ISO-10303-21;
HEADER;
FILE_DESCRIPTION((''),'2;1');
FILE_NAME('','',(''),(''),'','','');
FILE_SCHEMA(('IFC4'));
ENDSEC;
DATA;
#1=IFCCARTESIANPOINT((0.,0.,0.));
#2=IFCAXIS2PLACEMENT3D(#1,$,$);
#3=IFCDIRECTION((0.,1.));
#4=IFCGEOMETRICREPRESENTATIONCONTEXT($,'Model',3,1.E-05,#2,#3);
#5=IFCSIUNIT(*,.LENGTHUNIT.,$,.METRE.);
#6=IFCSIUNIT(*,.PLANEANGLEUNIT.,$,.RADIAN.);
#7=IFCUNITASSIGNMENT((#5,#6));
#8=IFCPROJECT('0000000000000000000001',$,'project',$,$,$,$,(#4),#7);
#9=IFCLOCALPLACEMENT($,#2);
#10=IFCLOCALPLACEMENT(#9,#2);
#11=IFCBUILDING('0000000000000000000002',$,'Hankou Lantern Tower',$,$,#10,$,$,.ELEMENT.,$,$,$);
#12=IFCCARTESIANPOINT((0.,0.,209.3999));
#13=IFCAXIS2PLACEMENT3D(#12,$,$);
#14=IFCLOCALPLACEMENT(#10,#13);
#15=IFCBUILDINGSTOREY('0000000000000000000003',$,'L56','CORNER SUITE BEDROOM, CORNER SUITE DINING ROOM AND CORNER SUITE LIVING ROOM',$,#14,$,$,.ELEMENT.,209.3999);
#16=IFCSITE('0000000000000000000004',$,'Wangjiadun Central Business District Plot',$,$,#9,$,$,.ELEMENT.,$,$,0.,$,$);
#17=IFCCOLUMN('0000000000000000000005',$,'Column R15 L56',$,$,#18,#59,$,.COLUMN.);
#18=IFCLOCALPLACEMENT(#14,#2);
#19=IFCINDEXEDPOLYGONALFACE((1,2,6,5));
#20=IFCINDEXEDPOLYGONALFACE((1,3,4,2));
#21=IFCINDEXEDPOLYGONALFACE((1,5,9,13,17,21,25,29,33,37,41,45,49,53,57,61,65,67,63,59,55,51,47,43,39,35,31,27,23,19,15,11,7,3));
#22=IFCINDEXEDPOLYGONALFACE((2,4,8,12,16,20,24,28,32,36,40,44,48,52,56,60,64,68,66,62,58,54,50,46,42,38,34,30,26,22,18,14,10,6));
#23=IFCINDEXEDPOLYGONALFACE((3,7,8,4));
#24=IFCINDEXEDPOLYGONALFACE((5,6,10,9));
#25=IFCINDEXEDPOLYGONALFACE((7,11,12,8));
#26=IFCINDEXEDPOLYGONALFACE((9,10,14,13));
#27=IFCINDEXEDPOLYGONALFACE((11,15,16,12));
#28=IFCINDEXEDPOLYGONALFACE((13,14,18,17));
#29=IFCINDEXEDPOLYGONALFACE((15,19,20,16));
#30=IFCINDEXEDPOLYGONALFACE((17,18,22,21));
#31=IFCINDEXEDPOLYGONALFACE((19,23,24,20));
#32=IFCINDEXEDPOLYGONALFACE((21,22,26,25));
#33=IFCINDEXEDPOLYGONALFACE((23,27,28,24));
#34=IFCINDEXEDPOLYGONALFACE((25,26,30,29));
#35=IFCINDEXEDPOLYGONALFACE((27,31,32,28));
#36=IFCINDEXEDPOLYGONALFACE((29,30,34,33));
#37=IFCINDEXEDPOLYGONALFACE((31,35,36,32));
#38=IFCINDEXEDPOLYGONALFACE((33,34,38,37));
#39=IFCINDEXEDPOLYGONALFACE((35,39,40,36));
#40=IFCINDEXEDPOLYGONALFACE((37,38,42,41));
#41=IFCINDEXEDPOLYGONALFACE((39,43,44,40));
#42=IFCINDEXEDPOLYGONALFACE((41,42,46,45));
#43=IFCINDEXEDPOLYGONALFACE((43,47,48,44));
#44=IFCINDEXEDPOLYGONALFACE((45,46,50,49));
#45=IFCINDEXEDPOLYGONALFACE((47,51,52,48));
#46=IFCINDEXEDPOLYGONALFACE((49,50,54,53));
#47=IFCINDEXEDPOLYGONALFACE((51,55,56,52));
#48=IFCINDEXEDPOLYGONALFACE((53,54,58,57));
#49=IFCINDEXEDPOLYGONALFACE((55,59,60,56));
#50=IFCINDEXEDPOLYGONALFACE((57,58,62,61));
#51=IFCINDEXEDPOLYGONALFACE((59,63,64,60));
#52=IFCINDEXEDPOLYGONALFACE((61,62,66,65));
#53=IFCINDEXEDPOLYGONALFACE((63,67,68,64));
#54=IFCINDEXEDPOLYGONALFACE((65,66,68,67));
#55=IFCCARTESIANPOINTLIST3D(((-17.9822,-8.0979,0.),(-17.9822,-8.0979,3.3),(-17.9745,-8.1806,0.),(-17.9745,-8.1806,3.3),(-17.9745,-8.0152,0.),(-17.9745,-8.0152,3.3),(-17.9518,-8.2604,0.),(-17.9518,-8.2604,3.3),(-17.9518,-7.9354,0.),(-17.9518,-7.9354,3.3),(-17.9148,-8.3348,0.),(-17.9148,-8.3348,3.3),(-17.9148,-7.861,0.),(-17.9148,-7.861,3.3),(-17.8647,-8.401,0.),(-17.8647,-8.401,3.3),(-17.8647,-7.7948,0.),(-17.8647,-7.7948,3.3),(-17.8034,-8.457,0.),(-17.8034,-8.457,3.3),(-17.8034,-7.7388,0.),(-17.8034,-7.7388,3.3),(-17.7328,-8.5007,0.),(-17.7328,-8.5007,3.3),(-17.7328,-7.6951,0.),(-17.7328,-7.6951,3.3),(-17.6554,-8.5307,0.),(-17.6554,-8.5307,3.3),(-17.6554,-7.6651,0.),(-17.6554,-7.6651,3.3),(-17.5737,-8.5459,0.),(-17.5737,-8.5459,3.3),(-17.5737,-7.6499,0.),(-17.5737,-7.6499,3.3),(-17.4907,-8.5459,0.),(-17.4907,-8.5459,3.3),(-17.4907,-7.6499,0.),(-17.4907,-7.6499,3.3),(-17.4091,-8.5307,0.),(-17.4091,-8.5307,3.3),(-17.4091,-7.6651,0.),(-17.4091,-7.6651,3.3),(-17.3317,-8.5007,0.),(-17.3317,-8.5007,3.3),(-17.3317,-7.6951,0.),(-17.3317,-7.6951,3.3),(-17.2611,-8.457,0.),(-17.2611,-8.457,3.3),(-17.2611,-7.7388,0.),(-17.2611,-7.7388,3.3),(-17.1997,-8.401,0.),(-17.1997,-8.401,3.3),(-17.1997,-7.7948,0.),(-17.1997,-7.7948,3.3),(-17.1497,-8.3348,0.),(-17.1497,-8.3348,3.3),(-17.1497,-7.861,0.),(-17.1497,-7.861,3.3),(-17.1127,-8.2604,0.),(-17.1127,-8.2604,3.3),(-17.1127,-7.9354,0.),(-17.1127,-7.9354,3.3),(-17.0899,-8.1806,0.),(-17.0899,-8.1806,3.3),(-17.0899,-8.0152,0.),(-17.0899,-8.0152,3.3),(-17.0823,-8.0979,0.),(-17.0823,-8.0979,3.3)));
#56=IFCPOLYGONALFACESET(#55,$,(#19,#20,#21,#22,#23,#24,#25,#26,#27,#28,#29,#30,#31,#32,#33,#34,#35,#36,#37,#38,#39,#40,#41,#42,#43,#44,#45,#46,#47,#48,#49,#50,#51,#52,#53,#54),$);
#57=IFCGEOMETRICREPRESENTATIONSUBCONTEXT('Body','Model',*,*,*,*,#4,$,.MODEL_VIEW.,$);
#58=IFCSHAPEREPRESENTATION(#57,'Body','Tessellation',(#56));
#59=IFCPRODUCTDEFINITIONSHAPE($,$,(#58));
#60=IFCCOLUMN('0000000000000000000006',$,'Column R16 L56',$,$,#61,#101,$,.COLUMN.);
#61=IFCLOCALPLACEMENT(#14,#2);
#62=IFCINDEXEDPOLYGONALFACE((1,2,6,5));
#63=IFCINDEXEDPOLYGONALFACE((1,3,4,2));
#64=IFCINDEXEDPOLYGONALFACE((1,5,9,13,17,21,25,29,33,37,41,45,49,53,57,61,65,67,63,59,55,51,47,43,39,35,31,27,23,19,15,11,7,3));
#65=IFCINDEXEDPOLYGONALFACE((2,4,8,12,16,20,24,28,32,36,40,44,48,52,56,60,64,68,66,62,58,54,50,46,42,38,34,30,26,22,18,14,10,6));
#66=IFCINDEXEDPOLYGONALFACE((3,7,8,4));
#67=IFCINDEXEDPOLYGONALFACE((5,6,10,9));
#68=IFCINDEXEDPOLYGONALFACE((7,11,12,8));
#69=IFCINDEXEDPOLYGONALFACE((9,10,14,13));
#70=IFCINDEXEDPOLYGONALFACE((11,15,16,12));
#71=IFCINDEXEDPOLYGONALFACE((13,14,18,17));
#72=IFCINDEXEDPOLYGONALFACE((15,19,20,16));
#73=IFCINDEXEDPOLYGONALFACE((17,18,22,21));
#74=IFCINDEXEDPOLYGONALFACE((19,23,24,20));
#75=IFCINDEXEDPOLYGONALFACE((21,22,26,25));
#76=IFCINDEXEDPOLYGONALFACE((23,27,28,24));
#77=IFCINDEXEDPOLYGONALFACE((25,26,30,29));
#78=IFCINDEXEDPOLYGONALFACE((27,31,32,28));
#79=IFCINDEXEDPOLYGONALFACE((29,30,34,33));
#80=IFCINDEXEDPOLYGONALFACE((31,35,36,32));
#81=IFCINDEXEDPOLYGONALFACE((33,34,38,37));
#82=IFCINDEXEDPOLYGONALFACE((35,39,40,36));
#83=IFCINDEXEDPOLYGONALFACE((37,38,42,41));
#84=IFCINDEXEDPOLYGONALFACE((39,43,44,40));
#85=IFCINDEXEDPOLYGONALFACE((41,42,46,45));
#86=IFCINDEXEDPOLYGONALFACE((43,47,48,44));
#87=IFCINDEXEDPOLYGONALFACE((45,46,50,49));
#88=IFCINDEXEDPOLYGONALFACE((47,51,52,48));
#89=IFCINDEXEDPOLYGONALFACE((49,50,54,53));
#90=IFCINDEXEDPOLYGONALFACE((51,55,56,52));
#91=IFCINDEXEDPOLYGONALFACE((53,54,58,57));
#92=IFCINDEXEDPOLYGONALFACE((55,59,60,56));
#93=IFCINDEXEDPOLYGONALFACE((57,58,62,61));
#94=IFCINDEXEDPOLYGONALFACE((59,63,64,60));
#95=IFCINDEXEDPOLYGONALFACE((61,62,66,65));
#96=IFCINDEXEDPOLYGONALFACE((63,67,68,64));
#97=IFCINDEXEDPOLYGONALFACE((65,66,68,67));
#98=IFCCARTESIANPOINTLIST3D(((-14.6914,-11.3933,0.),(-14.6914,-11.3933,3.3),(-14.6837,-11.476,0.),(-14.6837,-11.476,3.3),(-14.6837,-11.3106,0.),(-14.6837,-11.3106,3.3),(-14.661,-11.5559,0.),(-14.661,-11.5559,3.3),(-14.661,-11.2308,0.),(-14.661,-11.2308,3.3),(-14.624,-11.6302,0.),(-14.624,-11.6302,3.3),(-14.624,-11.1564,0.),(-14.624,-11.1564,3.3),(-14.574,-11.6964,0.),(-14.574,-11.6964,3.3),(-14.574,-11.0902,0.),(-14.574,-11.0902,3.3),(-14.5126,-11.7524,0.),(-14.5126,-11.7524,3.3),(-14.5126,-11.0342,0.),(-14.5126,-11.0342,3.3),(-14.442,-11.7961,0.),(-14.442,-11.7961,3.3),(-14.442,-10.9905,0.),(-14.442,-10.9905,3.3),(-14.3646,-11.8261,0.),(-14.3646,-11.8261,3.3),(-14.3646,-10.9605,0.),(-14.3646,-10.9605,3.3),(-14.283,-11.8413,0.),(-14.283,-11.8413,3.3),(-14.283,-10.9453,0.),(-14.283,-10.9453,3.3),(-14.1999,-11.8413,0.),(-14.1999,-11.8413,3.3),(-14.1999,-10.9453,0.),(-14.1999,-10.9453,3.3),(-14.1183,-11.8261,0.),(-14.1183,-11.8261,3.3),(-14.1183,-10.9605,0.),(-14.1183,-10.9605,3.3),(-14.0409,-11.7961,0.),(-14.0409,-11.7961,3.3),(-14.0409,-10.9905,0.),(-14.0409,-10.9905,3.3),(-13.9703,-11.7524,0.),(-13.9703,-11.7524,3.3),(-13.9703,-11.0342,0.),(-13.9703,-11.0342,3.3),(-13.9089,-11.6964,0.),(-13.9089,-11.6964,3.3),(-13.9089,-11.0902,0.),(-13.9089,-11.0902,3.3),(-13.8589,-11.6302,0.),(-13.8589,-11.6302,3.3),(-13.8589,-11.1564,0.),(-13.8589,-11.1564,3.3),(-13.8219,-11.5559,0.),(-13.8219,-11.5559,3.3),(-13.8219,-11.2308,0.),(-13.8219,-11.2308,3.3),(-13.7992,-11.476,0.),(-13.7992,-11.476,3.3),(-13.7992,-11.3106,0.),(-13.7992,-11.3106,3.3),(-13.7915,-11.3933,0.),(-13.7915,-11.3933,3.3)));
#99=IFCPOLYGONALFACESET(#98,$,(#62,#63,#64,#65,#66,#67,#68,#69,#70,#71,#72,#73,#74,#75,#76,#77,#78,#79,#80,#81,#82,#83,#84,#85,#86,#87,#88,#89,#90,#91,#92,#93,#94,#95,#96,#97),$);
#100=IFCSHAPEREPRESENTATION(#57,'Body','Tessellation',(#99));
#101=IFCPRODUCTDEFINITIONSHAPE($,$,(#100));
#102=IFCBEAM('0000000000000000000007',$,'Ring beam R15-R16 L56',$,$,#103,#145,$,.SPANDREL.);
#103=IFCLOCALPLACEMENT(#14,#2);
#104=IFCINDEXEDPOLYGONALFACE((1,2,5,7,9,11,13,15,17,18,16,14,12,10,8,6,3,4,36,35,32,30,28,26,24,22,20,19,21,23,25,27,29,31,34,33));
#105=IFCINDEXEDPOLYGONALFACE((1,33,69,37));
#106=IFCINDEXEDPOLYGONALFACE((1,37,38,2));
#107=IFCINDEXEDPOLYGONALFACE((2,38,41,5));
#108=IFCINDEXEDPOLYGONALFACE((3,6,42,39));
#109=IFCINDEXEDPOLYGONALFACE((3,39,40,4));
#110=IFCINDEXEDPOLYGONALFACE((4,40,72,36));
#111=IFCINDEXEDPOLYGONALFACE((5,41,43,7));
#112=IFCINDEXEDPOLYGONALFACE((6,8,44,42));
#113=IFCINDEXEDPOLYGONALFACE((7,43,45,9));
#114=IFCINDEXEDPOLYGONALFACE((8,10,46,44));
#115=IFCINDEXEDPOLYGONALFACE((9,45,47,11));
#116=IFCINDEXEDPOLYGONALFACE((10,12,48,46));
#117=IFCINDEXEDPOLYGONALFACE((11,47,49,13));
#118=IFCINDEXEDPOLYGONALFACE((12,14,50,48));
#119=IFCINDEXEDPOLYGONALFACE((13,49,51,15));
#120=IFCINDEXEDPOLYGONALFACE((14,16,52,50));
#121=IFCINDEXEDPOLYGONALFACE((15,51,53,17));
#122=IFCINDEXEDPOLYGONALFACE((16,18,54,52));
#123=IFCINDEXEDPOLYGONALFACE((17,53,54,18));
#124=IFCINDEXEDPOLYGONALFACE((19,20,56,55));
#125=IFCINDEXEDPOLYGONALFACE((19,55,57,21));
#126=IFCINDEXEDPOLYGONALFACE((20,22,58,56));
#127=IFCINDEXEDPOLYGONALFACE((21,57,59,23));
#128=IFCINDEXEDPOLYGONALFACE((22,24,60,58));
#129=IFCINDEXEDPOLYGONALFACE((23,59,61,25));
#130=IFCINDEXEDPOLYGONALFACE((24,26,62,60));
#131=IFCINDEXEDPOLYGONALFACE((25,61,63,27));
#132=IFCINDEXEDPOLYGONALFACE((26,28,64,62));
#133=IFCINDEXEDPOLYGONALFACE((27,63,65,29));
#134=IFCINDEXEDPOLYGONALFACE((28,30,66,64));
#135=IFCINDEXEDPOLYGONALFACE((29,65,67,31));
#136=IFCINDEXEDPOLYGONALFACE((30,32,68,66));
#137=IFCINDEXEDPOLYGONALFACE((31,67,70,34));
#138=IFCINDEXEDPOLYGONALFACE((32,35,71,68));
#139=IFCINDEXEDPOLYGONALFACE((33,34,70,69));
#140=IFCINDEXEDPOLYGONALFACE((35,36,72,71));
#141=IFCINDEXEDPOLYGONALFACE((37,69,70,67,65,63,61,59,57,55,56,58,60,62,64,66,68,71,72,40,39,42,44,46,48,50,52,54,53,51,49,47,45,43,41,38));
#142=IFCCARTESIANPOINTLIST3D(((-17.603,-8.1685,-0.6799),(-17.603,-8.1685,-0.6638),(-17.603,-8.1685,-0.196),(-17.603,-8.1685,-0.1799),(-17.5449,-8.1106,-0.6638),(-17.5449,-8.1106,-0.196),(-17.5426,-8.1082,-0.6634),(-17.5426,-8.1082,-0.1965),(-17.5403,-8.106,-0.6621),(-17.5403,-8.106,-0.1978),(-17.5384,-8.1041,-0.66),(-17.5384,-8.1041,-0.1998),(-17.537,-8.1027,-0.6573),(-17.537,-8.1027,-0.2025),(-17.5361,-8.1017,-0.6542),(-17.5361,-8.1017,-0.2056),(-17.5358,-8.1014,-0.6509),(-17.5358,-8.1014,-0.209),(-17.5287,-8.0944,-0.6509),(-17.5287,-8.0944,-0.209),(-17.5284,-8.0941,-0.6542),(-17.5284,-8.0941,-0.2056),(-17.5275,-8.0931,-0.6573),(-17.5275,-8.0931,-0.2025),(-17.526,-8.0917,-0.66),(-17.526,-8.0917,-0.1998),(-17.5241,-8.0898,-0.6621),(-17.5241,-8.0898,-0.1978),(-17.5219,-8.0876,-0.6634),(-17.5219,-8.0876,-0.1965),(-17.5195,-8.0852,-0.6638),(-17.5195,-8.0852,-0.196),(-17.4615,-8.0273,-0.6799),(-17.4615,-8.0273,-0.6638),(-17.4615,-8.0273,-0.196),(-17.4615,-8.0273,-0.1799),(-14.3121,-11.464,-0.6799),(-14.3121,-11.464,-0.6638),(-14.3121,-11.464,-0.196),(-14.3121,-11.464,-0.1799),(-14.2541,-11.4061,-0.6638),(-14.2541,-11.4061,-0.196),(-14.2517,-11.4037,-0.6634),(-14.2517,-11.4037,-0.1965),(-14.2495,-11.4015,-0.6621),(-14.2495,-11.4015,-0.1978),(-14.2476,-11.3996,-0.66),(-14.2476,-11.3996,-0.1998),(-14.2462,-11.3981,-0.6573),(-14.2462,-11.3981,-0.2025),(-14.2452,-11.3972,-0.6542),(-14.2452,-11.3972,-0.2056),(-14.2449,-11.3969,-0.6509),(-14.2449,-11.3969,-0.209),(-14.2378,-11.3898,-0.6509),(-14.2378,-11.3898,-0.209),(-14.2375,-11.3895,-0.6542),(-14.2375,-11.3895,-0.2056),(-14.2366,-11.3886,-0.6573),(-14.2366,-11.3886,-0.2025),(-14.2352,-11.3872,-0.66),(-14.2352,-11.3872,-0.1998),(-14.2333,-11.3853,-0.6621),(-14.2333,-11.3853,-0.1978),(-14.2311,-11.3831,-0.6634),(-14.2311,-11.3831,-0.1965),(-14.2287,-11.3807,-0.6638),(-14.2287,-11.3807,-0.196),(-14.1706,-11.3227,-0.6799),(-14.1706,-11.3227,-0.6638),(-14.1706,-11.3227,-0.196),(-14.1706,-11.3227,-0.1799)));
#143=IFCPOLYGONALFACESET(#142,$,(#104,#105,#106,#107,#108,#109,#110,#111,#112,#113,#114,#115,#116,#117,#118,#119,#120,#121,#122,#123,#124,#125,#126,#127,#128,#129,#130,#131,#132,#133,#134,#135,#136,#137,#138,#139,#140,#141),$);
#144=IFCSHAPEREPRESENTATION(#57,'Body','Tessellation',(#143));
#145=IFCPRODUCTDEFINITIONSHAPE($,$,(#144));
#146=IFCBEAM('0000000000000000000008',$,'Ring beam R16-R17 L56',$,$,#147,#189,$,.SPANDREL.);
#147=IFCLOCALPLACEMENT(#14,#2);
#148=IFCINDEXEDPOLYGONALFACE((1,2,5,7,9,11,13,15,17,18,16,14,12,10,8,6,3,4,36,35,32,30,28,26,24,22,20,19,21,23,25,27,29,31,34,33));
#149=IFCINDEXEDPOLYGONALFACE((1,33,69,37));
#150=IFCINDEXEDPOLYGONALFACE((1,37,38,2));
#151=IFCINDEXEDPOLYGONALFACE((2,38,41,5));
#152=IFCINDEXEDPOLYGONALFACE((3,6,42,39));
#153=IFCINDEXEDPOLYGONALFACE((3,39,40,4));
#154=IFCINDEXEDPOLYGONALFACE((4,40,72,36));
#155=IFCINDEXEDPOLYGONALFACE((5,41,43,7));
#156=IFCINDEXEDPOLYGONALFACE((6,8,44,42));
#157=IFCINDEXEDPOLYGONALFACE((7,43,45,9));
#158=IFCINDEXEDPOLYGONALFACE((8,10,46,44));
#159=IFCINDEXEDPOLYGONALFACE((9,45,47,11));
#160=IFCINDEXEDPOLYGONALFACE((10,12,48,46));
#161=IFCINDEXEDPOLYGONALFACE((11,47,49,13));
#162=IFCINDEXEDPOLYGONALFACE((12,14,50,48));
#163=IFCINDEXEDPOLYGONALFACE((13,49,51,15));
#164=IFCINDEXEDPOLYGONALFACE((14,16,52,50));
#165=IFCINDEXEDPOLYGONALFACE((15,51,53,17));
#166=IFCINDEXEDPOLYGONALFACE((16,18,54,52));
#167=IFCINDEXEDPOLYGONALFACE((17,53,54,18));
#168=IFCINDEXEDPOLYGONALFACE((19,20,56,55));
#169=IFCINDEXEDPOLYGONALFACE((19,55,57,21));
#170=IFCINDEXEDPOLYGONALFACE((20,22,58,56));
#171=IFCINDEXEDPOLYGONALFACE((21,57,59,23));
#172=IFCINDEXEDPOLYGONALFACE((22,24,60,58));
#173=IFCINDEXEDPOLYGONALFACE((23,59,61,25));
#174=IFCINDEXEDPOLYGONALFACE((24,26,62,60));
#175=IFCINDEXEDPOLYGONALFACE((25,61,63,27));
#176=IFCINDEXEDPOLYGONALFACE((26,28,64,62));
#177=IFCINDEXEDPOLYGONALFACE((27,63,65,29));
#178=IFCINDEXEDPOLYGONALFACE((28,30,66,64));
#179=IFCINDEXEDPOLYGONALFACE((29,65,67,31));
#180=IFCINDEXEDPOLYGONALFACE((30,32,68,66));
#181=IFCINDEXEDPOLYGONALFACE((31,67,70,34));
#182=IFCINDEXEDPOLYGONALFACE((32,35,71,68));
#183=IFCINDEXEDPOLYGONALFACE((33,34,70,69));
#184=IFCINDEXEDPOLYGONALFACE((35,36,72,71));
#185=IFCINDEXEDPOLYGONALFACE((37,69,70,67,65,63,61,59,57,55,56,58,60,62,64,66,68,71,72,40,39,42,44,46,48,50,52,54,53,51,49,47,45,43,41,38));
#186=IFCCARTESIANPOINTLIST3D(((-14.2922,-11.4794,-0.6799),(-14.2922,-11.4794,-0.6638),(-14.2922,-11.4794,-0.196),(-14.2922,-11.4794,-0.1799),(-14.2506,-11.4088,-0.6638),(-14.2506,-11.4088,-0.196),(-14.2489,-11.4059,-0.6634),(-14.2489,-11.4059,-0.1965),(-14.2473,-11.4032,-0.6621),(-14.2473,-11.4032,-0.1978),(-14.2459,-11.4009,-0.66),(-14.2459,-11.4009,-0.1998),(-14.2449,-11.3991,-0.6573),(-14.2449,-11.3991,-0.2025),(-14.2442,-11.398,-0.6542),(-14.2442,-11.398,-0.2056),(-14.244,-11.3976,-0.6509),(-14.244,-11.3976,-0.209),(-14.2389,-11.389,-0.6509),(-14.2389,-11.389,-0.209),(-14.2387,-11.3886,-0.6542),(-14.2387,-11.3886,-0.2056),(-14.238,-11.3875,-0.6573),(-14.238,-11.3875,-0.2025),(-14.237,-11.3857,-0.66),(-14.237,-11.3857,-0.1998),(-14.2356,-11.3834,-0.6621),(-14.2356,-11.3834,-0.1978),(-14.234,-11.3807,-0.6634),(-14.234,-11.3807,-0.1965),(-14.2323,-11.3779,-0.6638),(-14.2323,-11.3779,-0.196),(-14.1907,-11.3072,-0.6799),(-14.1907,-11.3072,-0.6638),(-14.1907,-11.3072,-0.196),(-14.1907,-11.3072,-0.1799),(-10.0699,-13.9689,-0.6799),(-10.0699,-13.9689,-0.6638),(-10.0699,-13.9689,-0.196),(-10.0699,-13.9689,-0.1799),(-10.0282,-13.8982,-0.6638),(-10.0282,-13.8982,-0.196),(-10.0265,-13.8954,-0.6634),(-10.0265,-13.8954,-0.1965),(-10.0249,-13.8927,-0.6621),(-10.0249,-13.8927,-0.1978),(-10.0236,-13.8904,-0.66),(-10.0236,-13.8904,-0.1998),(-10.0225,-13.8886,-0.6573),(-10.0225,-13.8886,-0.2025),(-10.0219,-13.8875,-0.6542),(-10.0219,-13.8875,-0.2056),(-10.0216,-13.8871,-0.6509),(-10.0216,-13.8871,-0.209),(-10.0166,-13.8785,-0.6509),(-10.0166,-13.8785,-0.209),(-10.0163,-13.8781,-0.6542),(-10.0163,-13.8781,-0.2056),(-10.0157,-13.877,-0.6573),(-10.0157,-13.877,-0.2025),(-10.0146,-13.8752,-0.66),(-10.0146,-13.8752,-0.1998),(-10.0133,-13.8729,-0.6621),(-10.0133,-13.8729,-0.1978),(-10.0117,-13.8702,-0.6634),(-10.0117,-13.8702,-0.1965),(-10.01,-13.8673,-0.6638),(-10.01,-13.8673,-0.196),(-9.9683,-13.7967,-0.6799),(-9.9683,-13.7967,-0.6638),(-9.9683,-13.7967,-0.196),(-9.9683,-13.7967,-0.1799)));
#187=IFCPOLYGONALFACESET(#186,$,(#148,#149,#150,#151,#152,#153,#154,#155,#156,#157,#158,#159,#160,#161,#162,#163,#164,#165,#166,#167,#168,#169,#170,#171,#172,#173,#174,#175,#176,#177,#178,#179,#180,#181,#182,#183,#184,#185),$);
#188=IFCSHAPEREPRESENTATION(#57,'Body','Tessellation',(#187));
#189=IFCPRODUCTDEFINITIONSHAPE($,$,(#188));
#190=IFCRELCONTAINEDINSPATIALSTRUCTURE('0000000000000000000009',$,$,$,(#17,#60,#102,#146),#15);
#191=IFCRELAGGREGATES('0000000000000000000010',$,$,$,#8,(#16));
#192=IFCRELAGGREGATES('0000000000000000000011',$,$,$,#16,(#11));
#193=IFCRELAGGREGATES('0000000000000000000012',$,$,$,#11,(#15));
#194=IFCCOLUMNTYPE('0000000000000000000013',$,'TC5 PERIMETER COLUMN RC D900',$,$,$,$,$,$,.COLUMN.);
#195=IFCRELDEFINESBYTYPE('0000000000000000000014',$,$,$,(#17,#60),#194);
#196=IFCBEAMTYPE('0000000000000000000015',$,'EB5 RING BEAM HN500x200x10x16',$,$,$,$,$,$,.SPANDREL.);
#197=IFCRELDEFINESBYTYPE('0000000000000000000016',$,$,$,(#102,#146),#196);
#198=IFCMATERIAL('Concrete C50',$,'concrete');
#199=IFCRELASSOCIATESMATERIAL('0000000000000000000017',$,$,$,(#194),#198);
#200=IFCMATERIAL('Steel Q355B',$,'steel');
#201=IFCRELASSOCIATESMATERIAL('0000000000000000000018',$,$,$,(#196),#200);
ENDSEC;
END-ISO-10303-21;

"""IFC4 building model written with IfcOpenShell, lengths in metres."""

from ifc_helpers import new_model, si_unit, direction, frame, origin, origin_2d, place, context, subcontext, project, spatial, circle, i_section, extrude, material, material_profile, profile_set, type_object, element, save


model = new_model("IFC4")

# Units and contexts
model_context = context("Model", 3, precision=1e-05, world=origin(), true_north=direction((0.0, 1.0)))
body_context = subcontext(model_context, "Body", "Model", "MODEL_VIEW")
ifc_project = project(units=[si_unit("LENGTHUNIT", "METRE"), si_unit("PLANEANGLEUNIT", "RADIAN")], contexts=[model_context])

# Site, building, storey
site_placement = place(None, origin())
site = spatial("IfcSite", under=ifc_project, at=site_placement, Name="Wangjiadun Central Business District Plot", CompositionType="ELEMENT", RefElevation=0.0)
building_placement = place(site_placement, origin())
building = spatial("IfcBuilding", under=site, at=building_placement, Name="Hankou Lantern Tower", CompositionType="ELEMENT")
storey_placement = place(building_placement, frame((0.0, 0.0, 209.3999)))
storey = spatial("IfcBuildingStorey", under=building, at=storey_placement, Name="L56", Description="CORNER SUITE BEDROOM, CORNER SUITE DINING ROOM AND CORNER SUITE LIVING ROOM", CompositionType="ELEMENT", Elevation=209.3999)

# Columns
ifc_material_1 = material(Name="Concrete C50", Category="concrete")
ifc_material_profile_1 = material_profile(ifc_material_1, circle(Radius=0.45, at=origin_2d()), Name="RC D900")
ifc_profile_set_1 = profile_set([ifc_material_profile_1], Name="Concrete C50")
column_type = type_object("IfcColumnType", Name="TC5 PERIMETER COLUMN RC D900", PredefinedType="COLUMN", material=ifc_profile_set_1)
for number, where, z_axis, x_axis, name in (
    (1, (-17.5322, -8.0979, 0.0), (0.0, 0.0, 1.0), (1.0, 0.0, 0.0), "Column R15 L56"),
    (2, (-14.2415, -11.3933, 0.0), (0.0, 0.0, 1.0), (1.0, 0.0, 0.0), "Column R16 L56"),
):
    element("IfcColumn", number, at=place(storey_placement, frame(where, z_axis=z_axis, x_axis=x_axis)), inside=storey, type_object=column_type, Name=name, PredefinedType="COLUMN", context=body_context, shape_type="SweptSolid", body=[
        extrude(circle(Radius=0.45, at=origin_2d()), origin(), (0.0, 0.0, 1.0), 3.3),
    ])

# Beams
ifc_material_2 = material(Name="Steel Q355B", Category="steel")
ifc_material_profile_2 = material_profile(ifc_material_2, i_section(OverallWidth=0.2, OverallDepth=0.5, WebThickness=0.01, FlangeThickness=0.0161, FilletRadius=0.0129, at=origin_2d()), Name="HN500x200x10x16")
ifc_profile_set_2 = profile_set([ifc_material_profile_2], Name="Steel Q355B")
beam_type_1 = type_object("IfcBeamType", Name="EB5 RING BEAM HN500x200x10x16", PredefinedType="SPANDREL", material=ifc_profile_set_2)
beam_1_placement = place(storey_placement, frame((-17.5322, -8.0979, -0.4299), z_axis=(0.706609, -0.707605, 0.0), x_axis=(0.707605, 0.706609, 0.0)))
element("IfcBeam", 3, at=beam_1_placement, inside=storey, type_object=beam_type_1, Name="Ring beam R15-R16 L56", PredefinedType="SPANDREL", context=body_context, shape_type="SweptSolid", body=[
    extrude(i_section(OverallWidth=0.2, OverallDepth=0.5, WebThickness=0.01, FlangeThickness=0.0161, FilletRadius=0.0129, at=origin_2d()), origin(), (0.0, 0.0, 1.0), 4.6572),
])
beam_2_placement = place(storey_placement, frame((-14.2415, -11.3933, -0.4299), z_axis=(0.861423, -0.507888, 0.0), x_axis=(0.507888, 0.861423, 0.0)))
element("IfcBeam", 4, at=beam_2_placement, inside=storey, type_object=beam_type_1, Name="Ring beam R16-R17 L56", PredefinedType="SPANDREL", context=body_context, shape_type="SweptSolid", body=[
    extrude(i_section(OverallWidth=0.2, OverallDepth=0.5, WebThickness=0.01, FlangeThickness=0.0161, FilletRadius=0.0129, at=origin_2d()), origin(), (0.0, 0.0, 1.0), 4.9016),
])

save(model, "model.ifc")
